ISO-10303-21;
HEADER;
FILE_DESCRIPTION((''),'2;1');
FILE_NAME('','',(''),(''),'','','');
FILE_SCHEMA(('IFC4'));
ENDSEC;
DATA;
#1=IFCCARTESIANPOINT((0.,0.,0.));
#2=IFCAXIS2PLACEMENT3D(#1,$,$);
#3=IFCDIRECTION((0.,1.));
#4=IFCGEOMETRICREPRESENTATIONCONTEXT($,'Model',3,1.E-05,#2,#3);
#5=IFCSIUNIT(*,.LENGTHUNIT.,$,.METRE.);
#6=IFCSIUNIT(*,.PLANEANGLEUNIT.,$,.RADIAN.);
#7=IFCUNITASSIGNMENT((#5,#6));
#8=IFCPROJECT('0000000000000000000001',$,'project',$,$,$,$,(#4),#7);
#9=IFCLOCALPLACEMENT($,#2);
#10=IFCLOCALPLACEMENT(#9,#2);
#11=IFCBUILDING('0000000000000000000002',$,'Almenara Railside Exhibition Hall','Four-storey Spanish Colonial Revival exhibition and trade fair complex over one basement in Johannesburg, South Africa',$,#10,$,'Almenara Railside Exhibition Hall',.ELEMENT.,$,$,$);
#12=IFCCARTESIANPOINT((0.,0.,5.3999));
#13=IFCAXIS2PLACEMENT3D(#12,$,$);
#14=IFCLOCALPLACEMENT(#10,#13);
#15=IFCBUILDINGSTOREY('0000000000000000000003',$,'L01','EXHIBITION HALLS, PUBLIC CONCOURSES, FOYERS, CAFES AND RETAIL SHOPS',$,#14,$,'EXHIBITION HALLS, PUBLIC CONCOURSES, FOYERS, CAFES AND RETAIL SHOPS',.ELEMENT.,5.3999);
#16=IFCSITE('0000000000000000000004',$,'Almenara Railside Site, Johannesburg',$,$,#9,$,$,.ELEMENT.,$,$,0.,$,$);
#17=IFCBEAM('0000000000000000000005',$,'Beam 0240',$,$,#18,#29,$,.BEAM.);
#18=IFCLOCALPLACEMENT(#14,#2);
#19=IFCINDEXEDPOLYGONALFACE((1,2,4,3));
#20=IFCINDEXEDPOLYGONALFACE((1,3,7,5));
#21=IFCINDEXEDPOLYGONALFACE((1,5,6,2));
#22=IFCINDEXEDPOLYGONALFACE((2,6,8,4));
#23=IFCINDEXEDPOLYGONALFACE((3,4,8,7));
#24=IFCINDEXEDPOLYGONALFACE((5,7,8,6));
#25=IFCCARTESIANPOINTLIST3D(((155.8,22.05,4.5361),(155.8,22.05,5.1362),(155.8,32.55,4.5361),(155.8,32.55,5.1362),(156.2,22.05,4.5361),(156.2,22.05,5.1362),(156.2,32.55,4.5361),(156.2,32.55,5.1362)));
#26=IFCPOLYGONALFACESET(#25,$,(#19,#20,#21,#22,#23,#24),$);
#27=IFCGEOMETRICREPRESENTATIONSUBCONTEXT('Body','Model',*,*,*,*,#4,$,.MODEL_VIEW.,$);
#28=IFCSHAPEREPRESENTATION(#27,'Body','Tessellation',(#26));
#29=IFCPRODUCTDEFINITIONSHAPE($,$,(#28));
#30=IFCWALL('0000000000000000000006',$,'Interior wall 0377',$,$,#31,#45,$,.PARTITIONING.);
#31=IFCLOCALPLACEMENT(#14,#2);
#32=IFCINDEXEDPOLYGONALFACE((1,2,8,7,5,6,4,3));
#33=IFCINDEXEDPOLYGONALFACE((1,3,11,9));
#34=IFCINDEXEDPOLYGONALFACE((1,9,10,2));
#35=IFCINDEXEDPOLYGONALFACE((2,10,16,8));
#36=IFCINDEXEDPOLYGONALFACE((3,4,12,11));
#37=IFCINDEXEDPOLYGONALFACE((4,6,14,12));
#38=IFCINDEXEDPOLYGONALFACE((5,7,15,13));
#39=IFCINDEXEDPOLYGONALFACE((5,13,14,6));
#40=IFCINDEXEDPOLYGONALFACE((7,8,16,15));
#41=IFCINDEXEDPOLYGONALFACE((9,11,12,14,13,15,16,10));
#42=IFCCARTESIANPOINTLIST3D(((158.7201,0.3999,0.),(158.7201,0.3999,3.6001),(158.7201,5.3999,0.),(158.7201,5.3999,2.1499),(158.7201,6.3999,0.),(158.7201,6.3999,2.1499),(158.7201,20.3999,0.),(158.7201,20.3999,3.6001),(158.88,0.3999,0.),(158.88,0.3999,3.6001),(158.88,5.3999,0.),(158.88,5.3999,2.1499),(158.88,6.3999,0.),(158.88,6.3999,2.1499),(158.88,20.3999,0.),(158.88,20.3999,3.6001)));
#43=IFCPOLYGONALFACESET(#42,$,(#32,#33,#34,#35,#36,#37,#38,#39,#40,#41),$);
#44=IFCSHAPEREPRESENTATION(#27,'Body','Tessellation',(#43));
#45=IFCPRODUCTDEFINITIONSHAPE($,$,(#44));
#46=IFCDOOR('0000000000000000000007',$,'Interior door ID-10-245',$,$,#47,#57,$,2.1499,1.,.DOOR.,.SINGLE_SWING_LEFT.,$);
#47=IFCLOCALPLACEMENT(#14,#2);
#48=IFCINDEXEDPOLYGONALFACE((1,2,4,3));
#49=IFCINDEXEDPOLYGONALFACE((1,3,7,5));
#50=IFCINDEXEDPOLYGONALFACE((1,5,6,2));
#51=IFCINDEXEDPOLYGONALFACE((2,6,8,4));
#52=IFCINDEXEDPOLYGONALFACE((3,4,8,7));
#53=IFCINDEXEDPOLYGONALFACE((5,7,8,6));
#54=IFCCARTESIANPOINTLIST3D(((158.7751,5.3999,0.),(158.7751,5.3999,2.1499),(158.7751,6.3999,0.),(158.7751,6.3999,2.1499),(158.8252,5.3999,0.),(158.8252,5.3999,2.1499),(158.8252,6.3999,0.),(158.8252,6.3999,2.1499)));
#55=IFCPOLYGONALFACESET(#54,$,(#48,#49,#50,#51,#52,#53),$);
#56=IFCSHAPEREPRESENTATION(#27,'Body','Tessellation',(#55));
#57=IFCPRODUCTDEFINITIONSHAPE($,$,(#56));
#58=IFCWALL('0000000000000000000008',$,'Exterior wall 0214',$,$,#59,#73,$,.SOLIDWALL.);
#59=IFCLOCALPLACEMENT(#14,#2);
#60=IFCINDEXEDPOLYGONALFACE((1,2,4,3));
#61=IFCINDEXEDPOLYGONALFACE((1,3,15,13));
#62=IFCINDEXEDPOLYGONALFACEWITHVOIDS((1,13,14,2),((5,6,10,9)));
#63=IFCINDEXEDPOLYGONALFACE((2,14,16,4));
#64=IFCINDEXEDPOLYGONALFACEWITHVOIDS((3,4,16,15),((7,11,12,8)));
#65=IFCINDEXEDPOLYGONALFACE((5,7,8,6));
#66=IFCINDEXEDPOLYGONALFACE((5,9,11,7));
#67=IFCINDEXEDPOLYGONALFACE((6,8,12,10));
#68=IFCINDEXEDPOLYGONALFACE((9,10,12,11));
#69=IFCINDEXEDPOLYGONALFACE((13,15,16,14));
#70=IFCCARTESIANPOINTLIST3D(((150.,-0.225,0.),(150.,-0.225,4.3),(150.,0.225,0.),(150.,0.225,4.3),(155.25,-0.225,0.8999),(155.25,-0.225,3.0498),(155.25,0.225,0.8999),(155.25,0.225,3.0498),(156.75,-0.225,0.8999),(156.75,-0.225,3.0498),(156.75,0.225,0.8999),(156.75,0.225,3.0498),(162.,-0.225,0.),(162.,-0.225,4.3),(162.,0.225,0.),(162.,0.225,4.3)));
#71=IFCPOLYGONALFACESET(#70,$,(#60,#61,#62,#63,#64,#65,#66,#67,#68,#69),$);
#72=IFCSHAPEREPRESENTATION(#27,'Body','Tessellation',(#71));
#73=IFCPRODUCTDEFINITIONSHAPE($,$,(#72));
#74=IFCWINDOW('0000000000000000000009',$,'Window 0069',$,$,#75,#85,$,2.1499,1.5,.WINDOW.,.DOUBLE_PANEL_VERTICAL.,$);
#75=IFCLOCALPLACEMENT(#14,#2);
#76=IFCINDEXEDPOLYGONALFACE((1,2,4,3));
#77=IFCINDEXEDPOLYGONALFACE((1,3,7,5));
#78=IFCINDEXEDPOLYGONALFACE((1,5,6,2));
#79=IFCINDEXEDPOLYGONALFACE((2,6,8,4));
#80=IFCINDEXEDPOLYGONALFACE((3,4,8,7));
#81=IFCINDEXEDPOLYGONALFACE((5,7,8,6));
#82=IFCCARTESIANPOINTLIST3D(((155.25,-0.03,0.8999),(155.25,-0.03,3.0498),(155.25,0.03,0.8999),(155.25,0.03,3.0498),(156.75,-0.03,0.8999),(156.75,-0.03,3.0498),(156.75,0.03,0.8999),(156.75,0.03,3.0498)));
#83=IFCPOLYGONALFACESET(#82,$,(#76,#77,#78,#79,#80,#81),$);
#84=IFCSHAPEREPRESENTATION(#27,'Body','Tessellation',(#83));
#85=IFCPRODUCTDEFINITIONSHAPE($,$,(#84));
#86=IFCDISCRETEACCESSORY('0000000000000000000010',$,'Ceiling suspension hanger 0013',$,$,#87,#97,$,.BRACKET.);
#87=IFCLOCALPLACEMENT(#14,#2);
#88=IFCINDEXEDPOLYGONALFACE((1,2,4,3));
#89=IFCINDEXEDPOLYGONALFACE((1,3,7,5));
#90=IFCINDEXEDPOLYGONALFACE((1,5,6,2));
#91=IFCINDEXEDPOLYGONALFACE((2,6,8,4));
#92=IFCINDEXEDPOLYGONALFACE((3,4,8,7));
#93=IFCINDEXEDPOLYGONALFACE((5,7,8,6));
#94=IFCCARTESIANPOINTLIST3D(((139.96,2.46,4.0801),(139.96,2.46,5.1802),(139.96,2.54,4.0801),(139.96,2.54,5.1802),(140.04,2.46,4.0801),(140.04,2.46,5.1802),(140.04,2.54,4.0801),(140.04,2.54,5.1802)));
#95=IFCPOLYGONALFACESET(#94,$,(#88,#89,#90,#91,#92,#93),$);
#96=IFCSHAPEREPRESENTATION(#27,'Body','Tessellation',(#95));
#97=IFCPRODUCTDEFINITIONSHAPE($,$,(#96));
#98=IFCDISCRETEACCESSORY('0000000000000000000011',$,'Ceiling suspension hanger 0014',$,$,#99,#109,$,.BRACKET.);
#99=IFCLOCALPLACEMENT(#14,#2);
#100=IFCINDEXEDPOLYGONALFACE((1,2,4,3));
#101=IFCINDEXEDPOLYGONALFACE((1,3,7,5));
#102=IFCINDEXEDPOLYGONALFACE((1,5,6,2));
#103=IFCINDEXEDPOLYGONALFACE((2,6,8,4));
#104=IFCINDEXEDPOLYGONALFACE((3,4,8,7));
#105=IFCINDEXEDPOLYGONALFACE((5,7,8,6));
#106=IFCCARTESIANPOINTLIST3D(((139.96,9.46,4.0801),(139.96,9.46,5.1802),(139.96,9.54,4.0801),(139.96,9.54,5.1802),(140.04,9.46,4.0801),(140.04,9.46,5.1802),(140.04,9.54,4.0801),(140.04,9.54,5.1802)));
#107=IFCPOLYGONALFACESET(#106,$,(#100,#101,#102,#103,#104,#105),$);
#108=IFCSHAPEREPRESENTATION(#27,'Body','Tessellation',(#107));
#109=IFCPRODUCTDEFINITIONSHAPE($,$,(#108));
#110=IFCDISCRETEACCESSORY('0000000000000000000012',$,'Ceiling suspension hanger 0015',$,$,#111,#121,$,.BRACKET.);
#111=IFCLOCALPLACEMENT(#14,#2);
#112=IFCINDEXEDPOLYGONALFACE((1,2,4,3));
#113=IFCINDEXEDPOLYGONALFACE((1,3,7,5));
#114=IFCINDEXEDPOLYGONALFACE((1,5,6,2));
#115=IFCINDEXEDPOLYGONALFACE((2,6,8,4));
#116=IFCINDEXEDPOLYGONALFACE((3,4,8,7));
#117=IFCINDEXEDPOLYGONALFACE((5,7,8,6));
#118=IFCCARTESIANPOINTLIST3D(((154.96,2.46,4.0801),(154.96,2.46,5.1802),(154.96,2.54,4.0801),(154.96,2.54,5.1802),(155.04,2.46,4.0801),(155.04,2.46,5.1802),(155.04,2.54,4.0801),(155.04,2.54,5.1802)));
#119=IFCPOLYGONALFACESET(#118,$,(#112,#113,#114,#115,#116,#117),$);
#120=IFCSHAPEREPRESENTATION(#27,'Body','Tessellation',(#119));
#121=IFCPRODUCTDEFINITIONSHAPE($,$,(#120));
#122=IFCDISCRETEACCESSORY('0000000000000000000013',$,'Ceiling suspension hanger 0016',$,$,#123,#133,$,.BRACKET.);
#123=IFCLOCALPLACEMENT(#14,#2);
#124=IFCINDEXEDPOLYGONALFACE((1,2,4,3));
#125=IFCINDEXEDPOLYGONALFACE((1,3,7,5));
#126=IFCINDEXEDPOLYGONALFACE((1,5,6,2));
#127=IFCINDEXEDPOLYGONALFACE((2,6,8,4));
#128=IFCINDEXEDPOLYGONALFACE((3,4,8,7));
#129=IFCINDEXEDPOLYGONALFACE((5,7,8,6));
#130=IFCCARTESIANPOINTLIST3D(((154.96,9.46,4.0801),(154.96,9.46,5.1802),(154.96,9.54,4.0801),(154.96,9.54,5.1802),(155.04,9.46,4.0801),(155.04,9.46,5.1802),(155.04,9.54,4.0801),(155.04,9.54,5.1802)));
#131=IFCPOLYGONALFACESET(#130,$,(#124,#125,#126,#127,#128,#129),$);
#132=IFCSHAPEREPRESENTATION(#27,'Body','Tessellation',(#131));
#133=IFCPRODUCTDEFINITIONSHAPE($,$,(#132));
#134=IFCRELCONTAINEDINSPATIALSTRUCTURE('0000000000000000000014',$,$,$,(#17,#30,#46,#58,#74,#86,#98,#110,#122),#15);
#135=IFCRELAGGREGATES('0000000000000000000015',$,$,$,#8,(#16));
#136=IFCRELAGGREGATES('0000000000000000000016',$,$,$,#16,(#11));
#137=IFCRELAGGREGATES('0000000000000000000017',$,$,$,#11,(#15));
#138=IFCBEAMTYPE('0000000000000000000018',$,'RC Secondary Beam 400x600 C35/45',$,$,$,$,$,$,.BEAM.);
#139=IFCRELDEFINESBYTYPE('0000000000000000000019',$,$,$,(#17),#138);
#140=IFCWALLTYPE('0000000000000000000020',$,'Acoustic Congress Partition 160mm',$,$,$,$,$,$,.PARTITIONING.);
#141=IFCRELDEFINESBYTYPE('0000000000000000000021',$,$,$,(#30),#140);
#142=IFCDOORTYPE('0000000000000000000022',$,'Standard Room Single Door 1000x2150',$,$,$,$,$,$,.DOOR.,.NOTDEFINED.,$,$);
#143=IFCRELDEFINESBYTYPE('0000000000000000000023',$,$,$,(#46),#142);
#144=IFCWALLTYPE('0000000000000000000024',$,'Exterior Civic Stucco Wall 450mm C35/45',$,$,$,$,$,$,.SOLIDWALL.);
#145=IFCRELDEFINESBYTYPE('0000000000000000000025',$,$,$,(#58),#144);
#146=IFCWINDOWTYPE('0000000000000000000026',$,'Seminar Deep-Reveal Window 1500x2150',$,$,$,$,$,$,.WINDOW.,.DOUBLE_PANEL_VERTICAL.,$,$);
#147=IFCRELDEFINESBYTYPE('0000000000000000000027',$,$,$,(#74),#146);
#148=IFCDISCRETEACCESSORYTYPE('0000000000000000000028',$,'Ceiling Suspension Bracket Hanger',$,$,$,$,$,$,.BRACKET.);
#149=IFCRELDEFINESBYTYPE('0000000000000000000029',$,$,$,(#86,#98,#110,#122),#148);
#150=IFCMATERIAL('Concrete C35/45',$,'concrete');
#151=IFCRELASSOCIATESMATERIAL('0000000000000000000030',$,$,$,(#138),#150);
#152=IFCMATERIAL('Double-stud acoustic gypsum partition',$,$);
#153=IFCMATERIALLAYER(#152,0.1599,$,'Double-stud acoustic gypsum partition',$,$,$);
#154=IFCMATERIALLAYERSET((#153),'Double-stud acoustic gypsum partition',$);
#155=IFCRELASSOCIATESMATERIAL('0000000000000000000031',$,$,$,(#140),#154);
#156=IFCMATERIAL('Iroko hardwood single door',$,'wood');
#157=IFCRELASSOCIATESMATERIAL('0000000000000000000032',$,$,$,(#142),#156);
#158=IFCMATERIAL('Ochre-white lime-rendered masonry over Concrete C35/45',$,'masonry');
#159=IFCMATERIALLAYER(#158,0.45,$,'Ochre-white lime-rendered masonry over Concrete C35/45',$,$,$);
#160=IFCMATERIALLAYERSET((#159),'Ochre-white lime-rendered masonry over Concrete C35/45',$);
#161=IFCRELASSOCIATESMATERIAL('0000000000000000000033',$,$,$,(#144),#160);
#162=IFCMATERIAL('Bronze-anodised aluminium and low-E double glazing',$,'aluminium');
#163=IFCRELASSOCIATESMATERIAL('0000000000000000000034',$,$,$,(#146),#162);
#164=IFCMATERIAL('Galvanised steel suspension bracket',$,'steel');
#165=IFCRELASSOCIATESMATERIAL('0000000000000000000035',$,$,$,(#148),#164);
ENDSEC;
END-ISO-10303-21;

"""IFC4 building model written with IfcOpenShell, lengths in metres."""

from ifc_helpers import new_model, si_unit, direction, frame, frame_2d, origin, origin_2d, place, context, subcontext, project, spatial, rectangle, extrude, material, layer, layer_set, material_profile, profile_set, type_object, element, fill, save


model = new_model("IFC4")

# Units and contexts
model_context = context("Model", 3, precision=1e-05, world=origin(), true_north=direction((0.0, 1.0)))
body_context = subcontext(model_context, "Body", "Model", "MODEL_VIEW")
ifc_project = project(units=[si_unit("LENGTHUNIT", "METRE"), si_unit("PLANEANGLEUNIT", "RADIAN")], contexts=[model_context])

# Site, building, storey
site_placement = place(None, origin())
site = spatial("IfcSite", under=ifc_project, at=site_placement, Name="Almenara Railside Site, Johannesburg", CompositionType="ELEMENT", RefElevation=0.0)
building_placement = place(site_placement, origin())
building = spatial("IfcBuilding", under=site, at=building_placement, Name="Almenara Railside Exhibition Hall", Description="Four-storey Spanish Colonial Revival exhibition and trade fair complex over one basement in Johannesburg, South Africa", LongName="Almenara Railside Exhibition Hall", CompositionType="ELEMENT")
storey_placement = place(building_placement, frame((0.0, 0.0, 5.3999)))
storey = spatial("IfcBuildingStorey", under=building, at=storey_placement, Name="L01", Description="EXHIBITION HALLS, PUBLIC CONCOURSES, FOYERS, CAFES AND RETAIL SHOPS", LongName="EXHIBITION HALLS, PUBLIC CONCOURSES, FOYERS, CAFES AND RETAIL SHOPS", CompositionType="ELEMENT", Elevation=5.3999)

# Shared definitions
ifc_material_1 = material(Name="Concrete C35/45", Category="concrete")

# Beam
ifc_material_profile_1 = material_profile(ifc_material_1, rectangle(XDim=0.3999, YDim=0.6001, at=origin_2d()), Name="RC 400x600")
ifc_profile_set_1 = profile_set([ifc_material_profile_1], Name="Concrete C35/45")
beam_type_1 = type_object("IfcBeamType", Name="RC Secondary Beam 400x600 C35/45", PredefinedType="BEAM", material=ifc_profile_set_1)
beam_1_placement = place(storey_placement, frame((156.0, 22.05, 4.8362), z_axis=(0.0, 1.0, 0.0), x_axis=(-1.0, 0.0, 0.0)))
element("IfcBeam", 1, at=beam_1_placement, inside=storey, type_object=beam_type_1, Name="Beam 0240", PredefinedType="BEAM", context=body_context, shape_type="SweptSolid", body=[
    extrude(rectangle(XDim=0.3999, YDim=0.6001, at=origin_2d()), origin(), (0.0, 0.0, 1.0), 10.5),
])

# Wall, opening, door
ifc_material_2 = material(Name="Double-stud acoustic gypsum partition")
ifc_layer_1 = layer(ifc_material_2, 0.1599, Name="Double-stud acoustic gypsum partition")
ifc_layer_set_1 = layer_set([ifc_layer_1], Name="Double-stud acoustic gypsum partition")
wall_type_1 = type_object("IfcWallType", Name="Acoustic Congress Partition 160mm", PredefinedType="PARTITIONING", material=ifc_layer_set_1)
wall_1_placement = place(storey_placement, frame((158.8, 0.3999, 0.0), z_axis=(0.0, 0.0, 1.0), x_axis=(0.0, 1.0, 0.0)))
wall_1 = element("IfcWall", 2, at=wall_1_placement, inside=storey, type_object=wall_type_1, Name="Interior wall 0377", PredefinedType="PARTITIONING", context=body_context, shape_type="SweptSolid", body=[
    extrude(rectangle(XDim=20.0, YDim=0.1599, at=frame_2d((10.0, 0.0))), origin(), (0.0, 0.0, 1.0), 3.6001),
])
opening_1_placement = place(wall_1_placement, frame((5.0, 0.0, 0.0)))
opening_1 = element("IfcOpeningElement", 3, at=opening_1_placement, cuts=wall_1, PredefinedType="OPENING", context=body_context, shape_type="SweptSolid", body=[
    extrude(rectangle(XDim=1.0, YDim=2.1499, at=frame_2d((0.5, 1.075))), frame((0.0, 0.0898, 0.0), z_axis=(0.0, -1.0, 0.0), x_axis=(1.0, 0.0, 0.0)), (0.0, 0.0, 1.0), 0.1799),
])
ifc_material_3 = material(Name="Iroko hardwood single door", Category="wood")
door_type = type_object("IfcDoorType", Name="Standard Room Single Door 1000x2150", OperationType="NOTDEFINED", PredefinedType="DOOR", material=ifc_material_3)
door_placement = place(opening_1_placement, origin())
door = element("IfcDoor", 4, at=door_placement, inside=storey, type_object=door_type, Name="Interior door ID-10-245", OperationType="SINGLE_SWING_LEFT", OverallHeight=2.1499, OverallWidth=1.0, PredefinedType="DOOR", context=body_context, shape_type="SweptSolid", body=[
    extrude(rectangle(XDim=1.0, YDim=2.1499, at=frame_2d((0.5, 1.075))), frame((0.0, 0.0249, 0.0), z_axis=(0.0, -1.0, 0.0), x_axis=(1.0, 0.0, 0.0)), (0.0, 0.0, 1.0), 0.05),
])
fill(opening_1, door)

# Wall, opening, window
ifc_material_4 = material(Name="Ochre-white lime-rendered masonry over Concrete C35/45", Category="masonry")
ifc_layer_2 = layer(ifc_material_4, 0.45, Name="Ochre-white lime-rendered masonry over Concrete C35/45")
ifc_layer_set_2 = layer_set([ifc_layer_2], Name="Ochre-white lime-rendered masonry over Concrete C35/45")
wall_type_2 = type_object("IfcWallType", Name="Exterior Civic Stucco Wall 450mm C35/45", PredefinedType="SOLIDWALL", material=ifc_layer_set_2)
wall_2_placement = place(storey_placement, frame((150.0, 0.0, 0.0), z_axis=(0.0, 0.0, 1.0), x_axis=(1.0, 0.0, 0.0)))
wall_2 = element("IfcWall", 5, at=wall_2_placement, inside=storey, type_object=wall_type_2, Name="Exterior wall 0214", PredefinedType="SOLIDWALL", context=body_context, shape_type="SweptSolid", body=[
    extrude(rectangle(XDim=12.0, YDim=0.45, at=frame_2d((6.0, 0.0))), origin(), (0.0, 0.0, 1.0), 4.3),
])
opening_2_placement = place(wall_2_placement, frame((5.25, 0.0, 0.8999)))
opening_2 = element("IfcOpeningElement", 6, at=opening_2_placement, cuts=wall_2, PredefinedType="OPENING", context=body_context, shape_type="SweptSolid", body=[
    extrude(rectangle(XDim=1.5, YDim=2.1499, at=frame_2d((0.75, 1.075))), frame((0.0, 0.2349, 0.0), z_axis=(0.0, -1.0, 0.0), x_axis=(1.0, 0.0, 0.0)), (0.0, 0.0, 1.0), 0.47),
])
ifc_material_5 = material(Name="Bronze-anodised aluminium and low-E double glazing", Category="aluminium")
window_type = type_object("IfcWindowType", Name="Seminar Deep-Reveal Window 1500x2150", PartitioningType="DOUBLE_PANEL_VERTICAL", PredefinedType="WINDOW", material=ifc_material_5)
window_placement = place(opening_2_placement, origin())
window = element("IfcWindow", 7, at=window_placement, inside=storey, type_object=window_type, Name="Window 0069", OverallHeight=2.1499, OverallWidth=1.5, PartitioningType="DOUBLE_PANEL_VERTICAL", PredefinedType="WINDOW", context=body_context, shape_type="SweptSolid", body=[
    extrude(rectangle(XDim=1.5, YDim=2.1499, at=frame_2d((0.75, 1.075))), frame((0.0, 0.03, 0.0), z_axis=(0.0, -1.0, 0.0), x_axis=(1.0, 0.0, 0.0)), (0.0, 0.0, 1.0), 0.0601),
])
fill(opening_2, window)

# Discrete accessories
ifc_material_6 = material(Name="Galvanised steel suspension bracket", Category="steel")
discrete_accessory_type = type_object("IfcDiscreteAccessoryType", Name="Ceiling Suspension Bracket Hanger", PredefinedType="BRACKET", material=ifc_material_6)
for number, where, z_axis, x_axis, name in (
    (8, (140.0, 2.5, 4.0801), (0.0, 0.0, 1.0), (1.0, 0.0, 0.0), "Ceiling suspension hanger 0013"),
    (9, (140.0, 9.5, 4.0801), (0.0, 0.0, 1.0), (1.0, 0.0, 0.0), "Ceiling suspension hanger 0014"),
    (10, (155.0, 2.5, 4.0801), (0.0, 0.0, 1.0), (1.0, 0.0, 0.0), "Ceiling suspension hanger 0015"),
    (11, (155.0, 9.5, 4.0801), (0.0, 0.0, 1.0), (1.0, 0.0, 0.0), "Ceiling suspension hanger 0016"),
):
    element("IfcDiscreteAccessory", number, at=place(storey_placement, frame(where, z_axis=z_axis, x_axis=x_axis)), inside=storey, type_object=discrete_accessory_type, Name=name, PredefinedType="BRACKET", context=body_context, shape_type="SweptSolid", body=[
        extrude(rectangle(XDim=0.0801, YDim=0.0801, at=origin_2d()), origin(), (0.0, 0.0, 1.0), 1.1001),
    ])

save(model, "model.ifc")
